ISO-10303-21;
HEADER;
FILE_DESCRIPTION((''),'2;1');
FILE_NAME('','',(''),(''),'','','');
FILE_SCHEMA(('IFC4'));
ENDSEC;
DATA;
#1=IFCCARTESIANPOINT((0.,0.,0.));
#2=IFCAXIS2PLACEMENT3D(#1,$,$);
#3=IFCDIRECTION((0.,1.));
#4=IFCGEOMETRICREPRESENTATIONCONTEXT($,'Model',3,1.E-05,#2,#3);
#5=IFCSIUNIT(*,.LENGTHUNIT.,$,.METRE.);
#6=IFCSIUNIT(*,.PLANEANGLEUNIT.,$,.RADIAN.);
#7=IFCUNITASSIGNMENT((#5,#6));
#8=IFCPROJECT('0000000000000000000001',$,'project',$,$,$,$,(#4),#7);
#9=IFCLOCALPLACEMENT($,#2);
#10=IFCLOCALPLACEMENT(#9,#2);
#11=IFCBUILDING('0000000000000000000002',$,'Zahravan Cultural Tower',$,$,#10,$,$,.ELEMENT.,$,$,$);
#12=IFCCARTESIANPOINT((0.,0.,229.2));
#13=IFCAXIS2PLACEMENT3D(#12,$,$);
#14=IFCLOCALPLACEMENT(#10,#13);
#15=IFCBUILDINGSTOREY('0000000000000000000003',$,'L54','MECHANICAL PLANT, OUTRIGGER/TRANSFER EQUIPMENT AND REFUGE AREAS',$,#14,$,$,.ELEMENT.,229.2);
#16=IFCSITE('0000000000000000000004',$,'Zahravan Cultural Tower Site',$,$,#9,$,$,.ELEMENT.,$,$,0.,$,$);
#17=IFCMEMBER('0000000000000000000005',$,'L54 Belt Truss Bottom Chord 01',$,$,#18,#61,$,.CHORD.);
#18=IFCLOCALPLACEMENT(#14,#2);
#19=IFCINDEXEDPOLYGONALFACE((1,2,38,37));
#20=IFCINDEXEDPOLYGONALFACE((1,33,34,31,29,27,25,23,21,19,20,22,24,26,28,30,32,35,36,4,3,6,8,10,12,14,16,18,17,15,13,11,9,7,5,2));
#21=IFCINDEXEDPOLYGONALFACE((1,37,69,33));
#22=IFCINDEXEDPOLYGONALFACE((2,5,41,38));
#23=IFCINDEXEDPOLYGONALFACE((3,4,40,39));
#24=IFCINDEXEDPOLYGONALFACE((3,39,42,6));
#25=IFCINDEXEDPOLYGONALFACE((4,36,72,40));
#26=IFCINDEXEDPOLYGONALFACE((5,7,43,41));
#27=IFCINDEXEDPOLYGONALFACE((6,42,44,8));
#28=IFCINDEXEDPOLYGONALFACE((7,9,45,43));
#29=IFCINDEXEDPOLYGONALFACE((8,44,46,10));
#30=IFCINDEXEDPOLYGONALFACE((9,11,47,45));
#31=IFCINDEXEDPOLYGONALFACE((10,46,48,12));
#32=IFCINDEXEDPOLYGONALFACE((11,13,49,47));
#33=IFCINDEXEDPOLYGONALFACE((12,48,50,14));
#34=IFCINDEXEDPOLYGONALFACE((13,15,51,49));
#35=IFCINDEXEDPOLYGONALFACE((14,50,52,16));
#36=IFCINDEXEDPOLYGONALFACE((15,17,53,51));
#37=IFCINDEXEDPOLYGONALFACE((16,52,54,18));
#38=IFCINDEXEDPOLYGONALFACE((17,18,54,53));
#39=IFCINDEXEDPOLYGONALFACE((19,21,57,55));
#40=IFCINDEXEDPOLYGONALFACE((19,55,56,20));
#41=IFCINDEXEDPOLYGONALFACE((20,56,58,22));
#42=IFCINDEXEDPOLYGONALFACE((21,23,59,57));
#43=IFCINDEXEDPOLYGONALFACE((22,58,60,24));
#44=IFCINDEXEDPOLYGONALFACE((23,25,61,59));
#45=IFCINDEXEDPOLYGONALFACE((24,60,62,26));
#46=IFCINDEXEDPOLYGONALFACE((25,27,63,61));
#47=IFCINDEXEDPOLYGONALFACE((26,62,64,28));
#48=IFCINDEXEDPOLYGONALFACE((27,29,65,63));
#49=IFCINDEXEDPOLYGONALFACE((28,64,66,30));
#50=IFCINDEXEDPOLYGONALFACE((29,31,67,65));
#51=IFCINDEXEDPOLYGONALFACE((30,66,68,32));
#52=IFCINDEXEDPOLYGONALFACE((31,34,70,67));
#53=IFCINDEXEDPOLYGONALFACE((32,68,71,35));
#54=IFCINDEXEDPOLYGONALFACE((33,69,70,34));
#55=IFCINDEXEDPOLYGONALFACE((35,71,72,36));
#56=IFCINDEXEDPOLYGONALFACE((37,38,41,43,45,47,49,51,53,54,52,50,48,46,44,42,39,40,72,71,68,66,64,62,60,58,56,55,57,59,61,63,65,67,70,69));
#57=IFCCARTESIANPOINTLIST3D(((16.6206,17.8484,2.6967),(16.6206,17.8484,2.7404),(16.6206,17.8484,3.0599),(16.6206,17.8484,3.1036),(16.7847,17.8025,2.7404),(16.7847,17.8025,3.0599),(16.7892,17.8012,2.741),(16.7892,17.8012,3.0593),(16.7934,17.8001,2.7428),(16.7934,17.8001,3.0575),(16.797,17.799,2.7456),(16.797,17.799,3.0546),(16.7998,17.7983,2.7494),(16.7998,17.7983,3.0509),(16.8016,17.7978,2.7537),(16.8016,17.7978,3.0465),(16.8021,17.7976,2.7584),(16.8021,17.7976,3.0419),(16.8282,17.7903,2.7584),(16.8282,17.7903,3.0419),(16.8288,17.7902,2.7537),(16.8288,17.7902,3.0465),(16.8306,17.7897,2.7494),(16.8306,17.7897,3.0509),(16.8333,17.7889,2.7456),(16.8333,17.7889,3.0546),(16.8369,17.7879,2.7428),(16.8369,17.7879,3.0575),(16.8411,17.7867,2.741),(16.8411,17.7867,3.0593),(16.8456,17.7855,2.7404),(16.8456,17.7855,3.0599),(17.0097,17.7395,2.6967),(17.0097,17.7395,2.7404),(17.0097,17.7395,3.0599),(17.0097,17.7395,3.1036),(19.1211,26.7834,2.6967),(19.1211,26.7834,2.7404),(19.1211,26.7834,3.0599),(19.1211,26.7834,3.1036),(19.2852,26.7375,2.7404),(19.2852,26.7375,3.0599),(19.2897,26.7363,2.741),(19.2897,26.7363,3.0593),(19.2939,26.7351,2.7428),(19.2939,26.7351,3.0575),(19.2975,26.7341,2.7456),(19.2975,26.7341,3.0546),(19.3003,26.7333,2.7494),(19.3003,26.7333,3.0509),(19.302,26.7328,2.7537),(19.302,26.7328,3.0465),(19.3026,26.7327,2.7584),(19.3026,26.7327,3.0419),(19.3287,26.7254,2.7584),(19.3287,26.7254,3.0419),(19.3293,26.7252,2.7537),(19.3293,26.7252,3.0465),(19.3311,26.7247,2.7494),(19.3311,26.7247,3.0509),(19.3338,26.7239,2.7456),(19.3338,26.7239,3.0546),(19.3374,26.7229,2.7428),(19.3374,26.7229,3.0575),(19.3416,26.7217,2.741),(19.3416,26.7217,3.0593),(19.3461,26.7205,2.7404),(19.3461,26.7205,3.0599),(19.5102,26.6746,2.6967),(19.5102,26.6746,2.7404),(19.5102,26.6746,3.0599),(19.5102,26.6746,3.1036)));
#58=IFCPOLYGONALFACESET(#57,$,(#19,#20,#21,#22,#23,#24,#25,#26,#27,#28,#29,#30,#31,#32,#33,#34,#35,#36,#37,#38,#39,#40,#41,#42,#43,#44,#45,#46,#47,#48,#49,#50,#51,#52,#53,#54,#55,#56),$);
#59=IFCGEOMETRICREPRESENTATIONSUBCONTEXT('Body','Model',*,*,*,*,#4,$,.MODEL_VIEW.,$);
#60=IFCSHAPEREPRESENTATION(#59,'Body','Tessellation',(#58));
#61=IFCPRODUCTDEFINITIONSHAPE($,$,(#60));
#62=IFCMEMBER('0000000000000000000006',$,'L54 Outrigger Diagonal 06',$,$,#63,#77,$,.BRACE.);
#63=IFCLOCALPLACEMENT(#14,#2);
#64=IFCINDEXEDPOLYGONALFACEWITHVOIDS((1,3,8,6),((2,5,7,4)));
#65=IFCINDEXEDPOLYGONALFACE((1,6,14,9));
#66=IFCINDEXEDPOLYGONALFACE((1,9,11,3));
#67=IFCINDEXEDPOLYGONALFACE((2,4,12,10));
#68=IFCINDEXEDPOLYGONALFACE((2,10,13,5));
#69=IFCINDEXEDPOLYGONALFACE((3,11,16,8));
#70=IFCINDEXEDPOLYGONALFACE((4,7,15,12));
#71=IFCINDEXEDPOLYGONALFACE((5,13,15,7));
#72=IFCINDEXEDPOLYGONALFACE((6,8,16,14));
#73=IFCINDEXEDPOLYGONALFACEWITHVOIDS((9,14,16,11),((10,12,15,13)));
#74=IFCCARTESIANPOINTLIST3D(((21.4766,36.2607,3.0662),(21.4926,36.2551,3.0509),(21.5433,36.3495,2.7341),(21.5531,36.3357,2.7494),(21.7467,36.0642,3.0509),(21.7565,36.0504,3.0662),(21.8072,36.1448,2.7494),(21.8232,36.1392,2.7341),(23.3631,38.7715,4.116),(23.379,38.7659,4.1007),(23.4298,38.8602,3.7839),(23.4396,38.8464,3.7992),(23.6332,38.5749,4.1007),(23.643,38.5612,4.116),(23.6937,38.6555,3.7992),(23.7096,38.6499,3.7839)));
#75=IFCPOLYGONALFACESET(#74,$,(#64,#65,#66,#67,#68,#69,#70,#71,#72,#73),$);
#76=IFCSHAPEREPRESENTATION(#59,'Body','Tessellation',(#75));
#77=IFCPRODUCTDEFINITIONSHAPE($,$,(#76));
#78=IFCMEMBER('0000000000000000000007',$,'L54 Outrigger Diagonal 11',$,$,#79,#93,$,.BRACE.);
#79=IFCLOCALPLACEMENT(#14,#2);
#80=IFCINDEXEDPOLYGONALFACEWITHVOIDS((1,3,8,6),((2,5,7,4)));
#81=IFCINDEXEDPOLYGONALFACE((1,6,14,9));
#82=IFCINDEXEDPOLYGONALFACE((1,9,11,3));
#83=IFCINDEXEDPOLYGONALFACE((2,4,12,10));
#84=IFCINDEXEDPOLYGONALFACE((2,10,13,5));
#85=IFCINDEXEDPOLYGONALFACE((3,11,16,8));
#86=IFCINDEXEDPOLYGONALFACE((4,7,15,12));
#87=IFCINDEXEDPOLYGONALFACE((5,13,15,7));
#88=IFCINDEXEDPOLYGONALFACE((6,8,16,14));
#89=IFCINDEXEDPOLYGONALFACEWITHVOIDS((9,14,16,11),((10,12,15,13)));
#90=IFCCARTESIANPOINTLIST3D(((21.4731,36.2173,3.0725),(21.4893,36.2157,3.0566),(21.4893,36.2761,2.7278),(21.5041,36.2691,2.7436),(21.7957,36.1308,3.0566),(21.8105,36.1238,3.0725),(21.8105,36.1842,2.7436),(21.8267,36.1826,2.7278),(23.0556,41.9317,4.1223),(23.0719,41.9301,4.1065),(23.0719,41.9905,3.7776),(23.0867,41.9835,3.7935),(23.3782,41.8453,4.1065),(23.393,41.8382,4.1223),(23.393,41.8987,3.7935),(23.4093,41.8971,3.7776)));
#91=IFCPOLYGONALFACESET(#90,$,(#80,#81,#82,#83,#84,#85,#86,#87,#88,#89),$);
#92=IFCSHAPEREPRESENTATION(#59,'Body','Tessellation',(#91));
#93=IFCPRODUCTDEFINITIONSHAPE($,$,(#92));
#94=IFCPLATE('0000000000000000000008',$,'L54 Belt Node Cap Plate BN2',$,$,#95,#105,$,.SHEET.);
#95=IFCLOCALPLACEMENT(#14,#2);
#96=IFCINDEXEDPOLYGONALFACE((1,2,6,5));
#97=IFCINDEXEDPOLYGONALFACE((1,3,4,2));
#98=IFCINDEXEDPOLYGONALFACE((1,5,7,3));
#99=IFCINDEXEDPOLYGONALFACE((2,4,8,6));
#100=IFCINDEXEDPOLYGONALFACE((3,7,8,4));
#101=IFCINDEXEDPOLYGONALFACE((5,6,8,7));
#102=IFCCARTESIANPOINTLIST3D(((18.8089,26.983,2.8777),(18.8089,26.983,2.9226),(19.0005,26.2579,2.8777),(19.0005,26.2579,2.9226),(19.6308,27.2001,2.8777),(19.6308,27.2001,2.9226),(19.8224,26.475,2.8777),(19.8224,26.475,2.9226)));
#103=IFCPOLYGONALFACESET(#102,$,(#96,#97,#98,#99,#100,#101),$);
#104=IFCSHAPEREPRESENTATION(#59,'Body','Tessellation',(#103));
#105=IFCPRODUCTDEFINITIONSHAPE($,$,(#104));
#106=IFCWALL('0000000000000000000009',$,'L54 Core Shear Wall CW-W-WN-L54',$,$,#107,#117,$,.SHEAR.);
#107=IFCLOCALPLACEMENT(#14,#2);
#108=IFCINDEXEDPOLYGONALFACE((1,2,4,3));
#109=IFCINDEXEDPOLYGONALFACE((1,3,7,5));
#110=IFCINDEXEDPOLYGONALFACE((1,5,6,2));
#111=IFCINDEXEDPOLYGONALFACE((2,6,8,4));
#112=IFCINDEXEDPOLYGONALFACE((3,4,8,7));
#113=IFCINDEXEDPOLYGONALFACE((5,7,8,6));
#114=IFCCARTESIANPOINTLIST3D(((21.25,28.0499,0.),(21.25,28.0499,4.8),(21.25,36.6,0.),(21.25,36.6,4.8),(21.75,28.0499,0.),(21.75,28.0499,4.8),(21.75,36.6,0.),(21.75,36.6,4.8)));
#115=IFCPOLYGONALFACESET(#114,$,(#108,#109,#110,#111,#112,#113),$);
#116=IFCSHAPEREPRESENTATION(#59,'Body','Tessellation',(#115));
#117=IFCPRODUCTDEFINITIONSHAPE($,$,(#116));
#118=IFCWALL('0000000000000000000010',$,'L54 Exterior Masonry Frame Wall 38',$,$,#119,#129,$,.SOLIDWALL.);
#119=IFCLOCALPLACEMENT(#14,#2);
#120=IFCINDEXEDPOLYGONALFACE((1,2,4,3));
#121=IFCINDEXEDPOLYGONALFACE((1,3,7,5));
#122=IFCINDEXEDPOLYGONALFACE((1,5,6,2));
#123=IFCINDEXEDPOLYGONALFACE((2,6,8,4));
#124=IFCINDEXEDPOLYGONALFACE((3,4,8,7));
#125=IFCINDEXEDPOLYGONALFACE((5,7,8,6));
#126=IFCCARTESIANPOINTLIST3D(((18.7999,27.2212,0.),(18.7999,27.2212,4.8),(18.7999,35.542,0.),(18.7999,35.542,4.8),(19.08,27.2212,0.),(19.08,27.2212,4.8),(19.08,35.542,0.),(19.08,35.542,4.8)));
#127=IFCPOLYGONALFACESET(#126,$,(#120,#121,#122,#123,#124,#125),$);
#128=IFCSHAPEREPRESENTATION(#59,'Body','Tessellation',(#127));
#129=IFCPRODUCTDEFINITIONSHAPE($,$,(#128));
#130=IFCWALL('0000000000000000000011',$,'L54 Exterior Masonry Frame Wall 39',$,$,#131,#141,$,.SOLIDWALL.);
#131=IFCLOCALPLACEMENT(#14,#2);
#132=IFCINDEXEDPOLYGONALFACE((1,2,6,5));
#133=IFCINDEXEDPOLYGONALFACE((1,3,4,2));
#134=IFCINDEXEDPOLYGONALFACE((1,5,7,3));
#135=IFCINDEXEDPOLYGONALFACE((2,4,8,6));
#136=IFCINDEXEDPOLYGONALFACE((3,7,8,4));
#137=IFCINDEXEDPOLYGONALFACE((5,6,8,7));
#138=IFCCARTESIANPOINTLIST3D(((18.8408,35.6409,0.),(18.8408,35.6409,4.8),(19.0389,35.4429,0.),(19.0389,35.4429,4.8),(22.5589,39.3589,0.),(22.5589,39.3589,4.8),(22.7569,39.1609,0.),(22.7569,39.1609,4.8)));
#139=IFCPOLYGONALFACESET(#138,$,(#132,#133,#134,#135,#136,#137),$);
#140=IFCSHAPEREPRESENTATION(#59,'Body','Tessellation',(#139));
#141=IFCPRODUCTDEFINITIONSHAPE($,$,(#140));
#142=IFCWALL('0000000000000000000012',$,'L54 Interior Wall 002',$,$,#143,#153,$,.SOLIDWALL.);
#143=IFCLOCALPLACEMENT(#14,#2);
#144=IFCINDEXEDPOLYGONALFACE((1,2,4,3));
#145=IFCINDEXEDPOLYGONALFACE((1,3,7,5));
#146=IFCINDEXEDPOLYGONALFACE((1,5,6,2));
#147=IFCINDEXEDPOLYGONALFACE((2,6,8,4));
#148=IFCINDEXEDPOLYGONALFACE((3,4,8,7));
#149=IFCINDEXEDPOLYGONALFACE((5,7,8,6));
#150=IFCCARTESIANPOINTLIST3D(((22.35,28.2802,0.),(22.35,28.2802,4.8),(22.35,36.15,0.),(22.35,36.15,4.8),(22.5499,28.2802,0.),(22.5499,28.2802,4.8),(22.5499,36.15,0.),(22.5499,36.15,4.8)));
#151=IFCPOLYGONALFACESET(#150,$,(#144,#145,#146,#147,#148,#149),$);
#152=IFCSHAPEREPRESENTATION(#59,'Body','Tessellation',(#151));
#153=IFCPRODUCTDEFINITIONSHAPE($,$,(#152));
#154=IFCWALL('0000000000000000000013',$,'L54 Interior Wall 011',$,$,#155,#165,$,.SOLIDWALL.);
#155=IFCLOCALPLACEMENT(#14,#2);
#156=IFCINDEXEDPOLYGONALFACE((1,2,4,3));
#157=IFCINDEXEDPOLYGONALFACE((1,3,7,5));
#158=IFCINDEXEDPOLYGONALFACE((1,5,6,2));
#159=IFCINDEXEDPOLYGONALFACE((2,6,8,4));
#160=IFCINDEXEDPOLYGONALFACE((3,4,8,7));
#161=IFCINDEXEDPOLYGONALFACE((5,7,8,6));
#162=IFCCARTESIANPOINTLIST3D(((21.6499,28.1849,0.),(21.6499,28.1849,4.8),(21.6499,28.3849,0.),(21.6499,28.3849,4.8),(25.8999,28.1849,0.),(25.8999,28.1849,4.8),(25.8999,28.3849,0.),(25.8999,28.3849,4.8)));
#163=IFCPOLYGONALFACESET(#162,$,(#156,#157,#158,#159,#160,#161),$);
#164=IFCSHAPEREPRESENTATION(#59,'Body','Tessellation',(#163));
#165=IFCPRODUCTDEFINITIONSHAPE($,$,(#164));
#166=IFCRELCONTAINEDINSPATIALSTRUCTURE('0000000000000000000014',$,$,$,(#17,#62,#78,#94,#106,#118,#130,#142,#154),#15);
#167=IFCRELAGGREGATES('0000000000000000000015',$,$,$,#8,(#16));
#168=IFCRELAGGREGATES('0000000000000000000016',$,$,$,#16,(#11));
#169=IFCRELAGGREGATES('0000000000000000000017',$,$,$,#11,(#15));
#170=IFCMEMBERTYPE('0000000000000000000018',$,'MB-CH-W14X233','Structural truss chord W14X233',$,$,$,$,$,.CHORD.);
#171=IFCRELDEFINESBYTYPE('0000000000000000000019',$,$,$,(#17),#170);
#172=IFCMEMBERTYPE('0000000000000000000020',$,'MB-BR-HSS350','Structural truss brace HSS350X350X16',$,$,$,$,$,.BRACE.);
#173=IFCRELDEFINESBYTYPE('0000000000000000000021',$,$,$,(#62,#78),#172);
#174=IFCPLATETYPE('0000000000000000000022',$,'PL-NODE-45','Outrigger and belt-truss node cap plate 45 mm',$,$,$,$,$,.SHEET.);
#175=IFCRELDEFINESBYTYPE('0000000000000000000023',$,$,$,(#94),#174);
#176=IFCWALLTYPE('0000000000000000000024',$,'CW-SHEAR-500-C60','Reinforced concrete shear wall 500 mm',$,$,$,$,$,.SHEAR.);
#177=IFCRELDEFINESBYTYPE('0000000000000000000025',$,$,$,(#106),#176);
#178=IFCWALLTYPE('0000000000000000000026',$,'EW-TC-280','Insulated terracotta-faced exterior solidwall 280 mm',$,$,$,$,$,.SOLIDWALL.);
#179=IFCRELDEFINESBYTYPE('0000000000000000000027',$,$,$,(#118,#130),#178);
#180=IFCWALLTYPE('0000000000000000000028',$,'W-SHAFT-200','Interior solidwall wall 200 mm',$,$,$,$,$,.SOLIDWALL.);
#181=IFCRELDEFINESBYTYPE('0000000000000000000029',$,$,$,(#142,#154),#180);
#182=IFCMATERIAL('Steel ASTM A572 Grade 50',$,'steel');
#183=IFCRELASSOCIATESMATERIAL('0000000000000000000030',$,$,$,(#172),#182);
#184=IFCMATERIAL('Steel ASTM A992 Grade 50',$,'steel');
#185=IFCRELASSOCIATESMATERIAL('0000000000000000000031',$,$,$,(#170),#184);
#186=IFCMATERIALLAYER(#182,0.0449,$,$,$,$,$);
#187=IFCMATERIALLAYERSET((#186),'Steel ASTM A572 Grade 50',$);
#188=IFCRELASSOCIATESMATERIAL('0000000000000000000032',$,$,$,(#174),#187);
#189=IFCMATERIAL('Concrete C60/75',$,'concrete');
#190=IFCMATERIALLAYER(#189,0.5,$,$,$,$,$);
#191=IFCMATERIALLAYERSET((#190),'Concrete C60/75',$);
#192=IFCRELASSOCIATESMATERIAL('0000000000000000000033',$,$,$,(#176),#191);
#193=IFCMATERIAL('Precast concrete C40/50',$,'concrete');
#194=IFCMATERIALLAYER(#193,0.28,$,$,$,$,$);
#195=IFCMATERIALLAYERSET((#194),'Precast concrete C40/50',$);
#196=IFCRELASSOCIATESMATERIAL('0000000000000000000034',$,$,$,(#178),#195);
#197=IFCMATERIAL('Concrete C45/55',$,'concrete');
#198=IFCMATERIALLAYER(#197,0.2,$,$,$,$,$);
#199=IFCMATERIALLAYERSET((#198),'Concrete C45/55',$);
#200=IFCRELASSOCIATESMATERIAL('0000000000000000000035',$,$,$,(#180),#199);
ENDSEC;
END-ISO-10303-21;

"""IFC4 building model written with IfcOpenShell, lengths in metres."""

from ifc_helpers import new_model, si_unit, direction, frame, frame_2d, origin, origin_2d, place, context, subcontext, project, spatial, rectangle, hollow_rectangle, i_section, extrude, source, transform, mapped, material, layer, layer_set, material_profile, profile_set, type_object, element, save


model = new_model("IFC4")

# Units and contexts
model_context = context("Model", 3, precision=1e-05, world=origin(), true_north=direction((0.0, 1.0)))
body_context = subcontext(model_context, "Body", "Model", "MODEL_VIEW")
ifc_project = project(units=[si_unit("LENGTHUNIT", "METRE"), si_unit("PLANEANGLEUNIT", "RADIAN")], contexts=[model_context])

# Site, building, storey
site_placement = place(None, origin())
site = spatial("IfcSite", under=ifc_project, at=site_placement, Name="Zahravan Cultural Tower Site", CompositionType="ELEMENT", RefElevation=0.0)
building_placement = place(site_placement, origin())
building = spatial("IfcBuilding", under=site, at=building_placement, Name="Zahravan Cultural Tower", CompositionType="ELEMENT")
storey_placement = place(building_placement, frame((0.0, 0.0, 229.2)))
storey = spatial("IfcBuildingStorey", under=building, at=storey_placement, Name="L54", Description="MECHANICAL PLANT, OUTRIGGER/TRANSFER EQUIPMENT AND REFUGE AREAS", CompositionType="ELEMENT", Elevation=229.2)

# Shared definitions
ifc_material_1 = material(Name="Steel ASTM A992 Grade 50", Category="steel")

# Members
ifc_material_2 = material(Name="Steel ASTM A572 Grade 50", Category="steel")
ifc_material_profile_1 = material_profile(ifc_material_2, hollow_rectangle(XDim=0.3501, YDim=0.3501, WallThickness=0.0161, at=origin_2d()), Name="HSS350X350X16")
ifc_profile_set_1 = profile_set([ifc_material_profile_1], Name="Steel ASTM A572 Grade 50")
member_type_1 = type_object("IfcMemberType", Name="MB-BR-HSS350", Description="Structural truss brace HSS350X350X16", PredefinedType="BRACE", material=ifc_profile_set_1)
ifc_material_profile_2 = material_profile(ifc_material_1, i_section(OverallWidth=0.4041, OverallDepth=0.407, WebThickness=0.0271, FlangeThickness=0.0437, FilletRadius=0.0181, at=origin_2d()), Name="W14X233")
ifc_profile_set_2 = profile_set([ifc_material_profile_2], Name="Steel ASTM A992 Grade 50")
member_type_2 = type_object("IfcMemberType", Name="MB-CH-W14X233", Description="Structural truss chord W14X233", PredefinedType="CHORD", material=ifc_profile_set_2)
shared_shape_1 = source(origin(), body_context, "Body", "SweptSolid", [
    extrude(i_section(OverallWidth=0.4041, OverallDepth=0.407, WebThickness=0.0271, FlangeThickness=0.0437, FilletRadius=0.0181, at=origin_2d()), origin(), (0.0, 0.0, 1.0), 9.2783),
])
member_1_placement = place(storey_placement, frame((19.3157, 26.729, 2.9001), z_axis=(-0.269497, -0.963001, 0.0), x_axis=(0.963001, -0.269497, 0.0)))
element("IfcMember", 1, at=member_1_placement, inside=storey, type_object=member_type_2, Name="L54 Belt Truss Bottom Chord 01", PredefinedType="CHORD", context=body_context, shape_type="MappedRepresentation", body=[
    mapped(shared_shape_1, transform((0.0, 0.0, 0.0), x_axis=(1.0, 0.0, 0.0), y_axis=(0.0, 1.0, 0.0), z_axis=(0.0, 0.0, 1.0), scale=1.0)),
])
shared_shape_2 = source(origin(), body_context, "Body", "SweptSolid", [
    extrude(hollow_rectangle(XDim=0.3501, YDim=0.3501, WallThickness=0.0161, at=origin_2d()), origin(), (0.0, 0.0, 1.0), 3.3113),
])
member_2_placement = place(storey_placement, frame((21.6499, 36.2, 2.9001), z_axis=(0.569708, 0.758235, 0.317037), x_axis=(-0.799477, 0.600696, 0.0)))
element("IfcMember", 2, at=member_2_placement, inside=storey, type_object=member_type_1, Name="L54 Outrigger Diagonal 06", PredefinedType="BRACE", context=body_context, shape_type="MappedRepresentation", body=[
    mapped(shared_shape_2, transform((0.0, 0.0, 0.0), x_axis=(1.0, 0.0, 0.0), y_axis=(0.0, 1.0, 0.0), z_axis=(0.0, 0.0, 1.0), scale=1.0)),
])
shared_shape_3 = source(origin(), body_context, "Body", "SweptSolid", [
    extrude(hollow_rectangle(XDim=0.3501, YDim=0.3501, WallThickness=0.0161, at=origin_2d()), origin(), (0.0, 0.0, 1.0), 6.0217),
])
member_3_placement = place(storey_placement, frame((21.6499, 36.2, 2.9001), z_axis=(0.262805, 0.948968, 0.174338), x_axis=(-0.963726, 0.266892, 0.0)))
element("IfcMember", 3, at=member_3_placement, inside=storey, type_object=member_type_1, Name="L54 Outrigger Diagonal 11", PredefinedType="BRACE", context=body_context, shape_type="MappedRepresentation", body=[
    mapped(shared_shape_3, transform((0.0, 0.0, 0.0), x_axis=(1.0, 0.0, 0.0), y_axis=(0.0, 1.0, 0.0), z_axis=(0.0, 0.0, 1.0), scale=1.0)),
])

# Plate
ifc_layer_1 = layer(ifc_material_2, 0.0449)
ifc_layer_set_1 = layer_set([ifc_layer_1], Name="Steel ASTM A572 Grade 50")
plate_type = type_object("IfcPlateType", Name="PL-NODE-45", Description="Outrigger and belt-truss node cap plate 45 mm", PredefinedType="SHEET", material=ifc_layer_set_1)
shared_shape_4 = source(origin(), body_context, "Body", "SweptSolid", [
    extrude(rectangle(XDim=0.8501, YDim=0.75, at=origin_2d()), origin(), (0.0, 0.0, 1.0), 0.0449),
])
plate_placement = place(storey_placement, frame((19.3157, 26.729, 2.8777), z_axis=(0.0, 0.0, 1.0), x_axis=(0.966823, 0.255446, 0.0)))
element("IfcPlate", 4, at=plate_placement, inside=storey, type_object=plate_type, Name="L54 Belt Node Cap Plate BN2", PredefinedType="SHEET", context=body_context, shape_type="MappedRepresentation", body=[
    mapped(shared_shape_4, transform((0.0, 0.0, 0.0), x_axis=(1.0, 0.0, 0.0), y_axis=(0.0, 1.0, 0.0), z_axis=(0.0, 0.0, 1.0), scale=1.0)),
])

# Walls
ifc_material_3 = material(Name="Concrete C60/75", Category="concrete")
ifc_layer_2 = layer(ifc_material_3, 0.5)
ifc_layer_set_2 = layer_set([ifc_layer_2], Name="Concrete C60/75")
wall_type_1 = type_object("IfcWallType", Name="CW-SHEAR-500-C60", Description="Reinforced concrete shear wall 500 mm", PredefinedType="SHEAR", material=ifc_layer_set_2)
shared_shape_5 = source(origin(), body_context, "Body", "SweptSolid", [
    extrude(rectangle(XDim=8.55, YDim=0.5, at=frame_2d((4.2749, 0.0))), origin(), (0.0, 0.0, 1.0), 4.8),
])
wall_1_placement = place(storey_placement, frame((21.5, 28.05, 0.0), z_axis=(0.0, 0.0, 1.0), x_axis=(0.0, 1.0, 0.0)))
element("IfcWall", 5, at=wall_1_placement, inside=storey, type_object=wall_type_1, Name="L54 Core Shear Wall CW-W-WN-L54", PredefinedType="SHEAR", context=body_context, shape_type="MappedRepresentation", body=[
    mapped(shared_shape_5, transform((0.0, 0.0, 0.0), x_axis=(1.0, 0.0, 0.0), y_axis=(0.0, 1.0, 0.0), z_axis=(0.0, 0.0, 1.0), scale=1.0)),
])
ifc_material_4 = material(Name="Precast concrete C40/50", Category="concrete")
ifc_layer_3 = layer(ifc_material_4, 0.28)
ifc_layer_set_3 = layer_set([ifc_layer_3], Name="Precast concrete C40/50")
wall_type_2 = type_object("IfcWallType", Name="EW-TC-280", Description="Insulated terracotta-faced exterior solidwall 280 mm", PredefinedType="SOLIDWALL", material=ifc_layer_set_3)
shared_shape_6 = source(origin(), body_context, "Body", "SweptSolid", [
    extrude(rectangle(XDim=8.3208, YDim=0.28, at=frame_2d((4.1604, 0.0))), origin(), (0.0, 0.0, 1.0), 4.8),
])
wall_2_placement = place(storey_placement, frame((18.9399, 27.2212, 0.0), z_axis=(0.0, 0.0, 1.0), x_axis=(0.0, 1.0, 0.0)))
element("IfcWall", 6, at=wall_2_placement, inside=storey, type_object=wall_type_2, Name="L54 Exterior Masonry Frame Wall 38", PredefinedType="SOLIDWALL", context=body_context, shape_type="MappedRepresentation", body=[
    mapped(shared_shape_6, transform((0.0, 0.0, 0.0), x_axis=(1.0, 0.0, 0.0), y_axis=(0.0, 1.0, 0.0), z_axis=(0.0, 0.0, 1.0), scale=1.0)),
])
shared_shape_7 = source(origin(), body_context, "Body", "SweptSolid", [
    extrude(rectangle(XDim=5.2581, YDim=0.28, at=frame_2d((2.6289, 0.0))), origin(), (0.0, 0.0, 1.0), 4.8),
])
wall_3_placement = place(storey_placement, frame((18.9399, 35.542, 0.0), z_axis=(0.0, 0.0, 1.0), x_axis=(0.707107, 0.707107, 0.0)))
element("IfcWall", 7, at=wall_3_placement, inside=storey, type_object=wall_type_2, Name="L54 Exterior Masonry Frame Wall 39", PredefinedType="SOLIDWALL", context=body_context, shape_type="MappedRepresentation", body=[
    mapped(shared_shape_7, transform((0.0, 0.0, 0.0), x_axis=(1.0, 0.0, 0.0), y_axis=(0.0, 1.0, 0.0), z_axis=(0.0, 0.0, 1.0), scale=1.0)),
])
ifc_material_5 = material(Name="Concrete C45/55", Category="concrete")
ifc_layer_4 = layer(ifc_material_5, 0.2)
ifc_layer_set_4 = layer_set([ifc_layer_4], Name="Concrete C45/55")
wall_type_3 = type_object("IfcWallType", Name="W-SHAFT-200", Description="Interior solidwall wall 200 mm", PredefinedType="SOLIDWALL", material=ifc_layer_set_4)
shared_shape_8 = source(origin(), body_context, "Body", "SweptSolid", [
    extrude(rectangle(XDim=7.8699, YDim=0.2, at=frame_2d((3.9351, 0.0))), origin(), (0.0, 0.0, 1.0), 4.8),
])
wall_4_placement = place(storey_placement, frame((22.45, 28.28, 0.0), z_axis=(0.0, 0.0, 1.0), x_axis=(0.0, 1.0, 0.0)))
element("IfcWall", 8, at=wall_4_placement, inside=storey, type_object=wall_type_3, Name="L54 Interior Wall 002", PredefinedType="SOLIDWALL", context=body_context, shape_type="MappedRepresentation", body=[
    mapped(shared_shape_8, transform((0.0, 0.0, 0.0), x_axis=(1.0, 0.0, 0.0), y_axis=(0.0, 1.0, 0.0), z_axis=(0.0, 0.0, 1.0), scale=1.0)),
])
shared_shape_9 = source(origin(), body_context, "Body", "SweptSolid", [
    extrude(rectangle(XDim=4.25, YDim=0.2, at=frame_2d((2.125, 0.0))), origin(), (0.0, 0.0, 1.0), 4.8),
])
wall_5_placement = place(storey_placement, frame((21.6499, 28.2849, 0.0), z_axis=(0.0, 0.0, 1.0), x_axis=(1.0, 0.0, 0.0)))
element("IfcWall", 9, at=wall_5_placement, inside=storey, type_object=wall_type_3, Name="L54 Interior Wall 011", PredefinedType="SOLIDWALL", context=body_context, shape_type="MappedRepresentation", body=[
    mapped(shared_shape_9, transform((0.0, 0.0, 0.0), x_axis=(1.0, 0.0, 0.0), y_axis=(0.0, 1.0, 0.0), z_axis=(0.0, 0.0, 1.0), scale=1.0)),
])

save(model, "model.ifc")
